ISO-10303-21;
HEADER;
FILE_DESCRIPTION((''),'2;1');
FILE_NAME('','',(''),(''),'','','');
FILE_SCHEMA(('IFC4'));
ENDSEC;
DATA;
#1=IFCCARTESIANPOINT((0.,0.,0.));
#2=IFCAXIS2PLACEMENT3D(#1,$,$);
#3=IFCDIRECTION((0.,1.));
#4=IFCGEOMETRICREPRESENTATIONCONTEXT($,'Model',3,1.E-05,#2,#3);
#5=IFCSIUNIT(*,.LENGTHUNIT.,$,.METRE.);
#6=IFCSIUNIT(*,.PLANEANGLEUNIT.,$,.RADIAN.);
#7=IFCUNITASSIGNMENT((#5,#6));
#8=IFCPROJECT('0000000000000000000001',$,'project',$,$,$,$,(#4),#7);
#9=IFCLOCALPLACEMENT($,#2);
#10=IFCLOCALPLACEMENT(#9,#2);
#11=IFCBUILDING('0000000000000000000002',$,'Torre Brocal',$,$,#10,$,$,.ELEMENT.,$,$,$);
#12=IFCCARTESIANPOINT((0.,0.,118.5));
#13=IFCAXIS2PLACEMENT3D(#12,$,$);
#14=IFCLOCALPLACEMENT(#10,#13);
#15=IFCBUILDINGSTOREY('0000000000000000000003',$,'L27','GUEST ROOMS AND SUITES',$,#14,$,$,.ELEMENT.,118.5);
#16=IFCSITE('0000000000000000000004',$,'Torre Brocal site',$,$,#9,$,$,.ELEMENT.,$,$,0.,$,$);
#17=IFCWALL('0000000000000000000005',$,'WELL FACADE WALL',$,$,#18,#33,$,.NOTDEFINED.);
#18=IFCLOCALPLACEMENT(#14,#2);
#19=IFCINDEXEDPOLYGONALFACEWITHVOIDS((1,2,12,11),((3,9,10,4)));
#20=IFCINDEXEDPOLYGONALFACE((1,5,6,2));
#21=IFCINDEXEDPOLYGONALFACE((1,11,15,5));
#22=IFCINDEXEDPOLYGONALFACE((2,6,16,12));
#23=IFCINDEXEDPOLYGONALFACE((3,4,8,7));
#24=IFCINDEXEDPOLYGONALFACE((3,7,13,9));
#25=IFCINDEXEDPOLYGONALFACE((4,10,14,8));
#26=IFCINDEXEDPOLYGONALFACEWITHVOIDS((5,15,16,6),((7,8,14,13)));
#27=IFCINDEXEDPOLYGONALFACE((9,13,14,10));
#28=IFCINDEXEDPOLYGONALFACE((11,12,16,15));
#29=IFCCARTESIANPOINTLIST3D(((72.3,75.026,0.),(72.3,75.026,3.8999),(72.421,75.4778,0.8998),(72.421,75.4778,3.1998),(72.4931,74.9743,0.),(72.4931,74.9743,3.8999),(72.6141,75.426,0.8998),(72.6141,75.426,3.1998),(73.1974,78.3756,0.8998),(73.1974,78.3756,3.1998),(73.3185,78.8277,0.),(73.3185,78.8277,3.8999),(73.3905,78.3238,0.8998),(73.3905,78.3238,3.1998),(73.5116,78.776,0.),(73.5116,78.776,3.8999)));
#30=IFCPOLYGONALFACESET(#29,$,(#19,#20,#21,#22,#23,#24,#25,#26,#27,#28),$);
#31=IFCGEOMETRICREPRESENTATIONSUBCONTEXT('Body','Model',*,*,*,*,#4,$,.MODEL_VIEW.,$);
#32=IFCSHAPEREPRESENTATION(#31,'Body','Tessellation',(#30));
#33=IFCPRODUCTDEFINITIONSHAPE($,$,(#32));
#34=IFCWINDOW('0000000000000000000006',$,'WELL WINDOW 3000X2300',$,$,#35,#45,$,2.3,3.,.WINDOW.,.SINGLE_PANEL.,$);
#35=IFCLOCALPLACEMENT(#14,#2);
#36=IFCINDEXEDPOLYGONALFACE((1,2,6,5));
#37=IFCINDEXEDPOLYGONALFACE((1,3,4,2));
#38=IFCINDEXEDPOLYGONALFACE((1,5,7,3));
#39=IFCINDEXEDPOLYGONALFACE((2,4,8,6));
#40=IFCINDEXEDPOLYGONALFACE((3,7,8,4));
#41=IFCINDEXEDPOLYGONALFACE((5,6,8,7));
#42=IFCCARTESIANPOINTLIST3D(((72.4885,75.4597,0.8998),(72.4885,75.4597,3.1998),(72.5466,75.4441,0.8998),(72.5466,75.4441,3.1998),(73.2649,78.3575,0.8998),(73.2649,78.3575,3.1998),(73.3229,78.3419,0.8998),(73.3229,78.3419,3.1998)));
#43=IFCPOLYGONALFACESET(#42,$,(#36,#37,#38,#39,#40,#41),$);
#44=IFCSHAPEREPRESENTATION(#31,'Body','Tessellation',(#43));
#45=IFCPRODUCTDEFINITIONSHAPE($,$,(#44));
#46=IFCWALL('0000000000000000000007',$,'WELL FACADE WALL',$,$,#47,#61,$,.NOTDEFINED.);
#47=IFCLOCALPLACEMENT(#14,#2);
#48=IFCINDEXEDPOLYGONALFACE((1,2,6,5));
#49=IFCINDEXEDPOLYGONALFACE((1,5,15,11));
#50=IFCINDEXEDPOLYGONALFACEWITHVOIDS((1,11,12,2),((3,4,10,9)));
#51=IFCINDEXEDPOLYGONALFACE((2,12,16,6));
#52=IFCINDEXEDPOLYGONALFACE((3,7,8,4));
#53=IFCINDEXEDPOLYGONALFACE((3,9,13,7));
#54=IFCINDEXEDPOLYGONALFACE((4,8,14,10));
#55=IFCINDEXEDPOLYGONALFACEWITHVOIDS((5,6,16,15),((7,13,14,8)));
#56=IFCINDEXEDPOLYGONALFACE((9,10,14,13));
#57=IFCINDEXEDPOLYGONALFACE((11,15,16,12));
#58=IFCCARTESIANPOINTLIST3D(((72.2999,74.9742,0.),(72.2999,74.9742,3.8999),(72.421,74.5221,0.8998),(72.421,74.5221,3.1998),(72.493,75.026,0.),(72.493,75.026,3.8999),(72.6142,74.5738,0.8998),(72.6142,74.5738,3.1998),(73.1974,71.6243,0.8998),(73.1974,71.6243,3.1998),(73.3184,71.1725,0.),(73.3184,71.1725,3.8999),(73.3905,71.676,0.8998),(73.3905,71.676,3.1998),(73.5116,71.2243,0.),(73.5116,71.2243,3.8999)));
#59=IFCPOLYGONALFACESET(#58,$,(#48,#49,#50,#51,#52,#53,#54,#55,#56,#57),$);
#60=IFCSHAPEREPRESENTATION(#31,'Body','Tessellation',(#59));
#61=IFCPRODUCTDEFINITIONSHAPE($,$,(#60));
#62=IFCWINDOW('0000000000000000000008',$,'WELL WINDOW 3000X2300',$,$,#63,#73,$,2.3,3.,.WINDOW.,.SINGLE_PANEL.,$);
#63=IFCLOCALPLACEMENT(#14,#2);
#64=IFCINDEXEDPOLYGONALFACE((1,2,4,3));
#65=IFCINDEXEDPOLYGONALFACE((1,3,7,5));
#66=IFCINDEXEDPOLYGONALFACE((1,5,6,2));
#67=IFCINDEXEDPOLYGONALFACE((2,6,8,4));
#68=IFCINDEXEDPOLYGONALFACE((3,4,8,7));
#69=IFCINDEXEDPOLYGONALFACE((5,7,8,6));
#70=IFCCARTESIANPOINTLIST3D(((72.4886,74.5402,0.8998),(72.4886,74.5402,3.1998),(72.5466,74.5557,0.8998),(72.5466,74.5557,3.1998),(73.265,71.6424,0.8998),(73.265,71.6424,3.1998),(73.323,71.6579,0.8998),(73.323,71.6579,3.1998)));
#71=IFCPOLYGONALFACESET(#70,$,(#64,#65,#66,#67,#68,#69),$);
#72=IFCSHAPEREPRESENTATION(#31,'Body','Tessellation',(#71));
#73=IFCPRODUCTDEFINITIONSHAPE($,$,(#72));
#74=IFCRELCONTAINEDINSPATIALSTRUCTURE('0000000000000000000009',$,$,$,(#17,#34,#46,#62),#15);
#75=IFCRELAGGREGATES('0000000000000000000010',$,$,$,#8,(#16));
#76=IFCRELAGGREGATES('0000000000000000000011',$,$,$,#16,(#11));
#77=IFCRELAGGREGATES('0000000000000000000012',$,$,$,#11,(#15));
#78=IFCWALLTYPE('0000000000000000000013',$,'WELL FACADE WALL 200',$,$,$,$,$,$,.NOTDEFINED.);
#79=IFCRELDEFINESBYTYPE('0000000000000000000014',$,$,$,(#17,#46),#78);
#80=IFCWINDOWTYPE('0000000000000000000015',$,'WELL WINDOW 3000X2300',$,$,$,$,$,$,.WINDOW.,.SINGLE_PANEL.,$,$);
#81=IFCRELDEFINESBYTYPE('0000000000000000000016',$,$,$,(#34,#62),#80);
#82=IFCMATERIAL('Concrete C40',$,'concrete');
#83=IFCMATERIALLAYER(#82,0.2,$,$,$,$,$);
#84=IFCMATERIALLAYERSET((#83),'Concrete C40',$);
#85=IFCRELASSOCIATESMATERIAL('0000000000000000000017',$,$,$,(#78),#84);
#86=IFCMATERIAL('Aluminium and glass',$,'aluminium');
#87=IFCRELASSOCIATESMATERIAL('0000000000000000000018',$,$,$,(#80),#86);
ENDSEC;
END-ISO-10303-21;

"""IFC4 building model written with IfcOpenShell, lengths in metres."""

from ifc_helpers import new_model, si_unit, direction, frame, frame_2d, origin, place, context, subcontext, project, spatial, rectangle, extrude, material, layer, layer_set, type_object, element, fill, save


model = new_model("IFC4")

# Units and contexts
model_context = context("Model", 3, precision=1e-05, world=origin(), true_north=direction((0.0, 1.0)))
body_context = subcontext(model_context, "Body", "Model", "MODEL_VIEW")
ifc_project = project(units=[si_unit("LENGTHUNIT", "METRE"), si_unit("PLANEANGLEUNIT", "RADIAN")], contexts=[model_context])

# Site, building, storey
site_placement = place(None, origin())
site = spatial("IfcSite", under=ifc_project, at=site_placement, Name="Torre Brocal site", CompositionType="ELEMENT", RefElevation=0.0)
building_placement = place(site_placement, origin())
building = spatial("IfcBuilding", under=site, at=building_placement, Name="Torre Brocal", CompositionType="ELEMENT")
storey_placement = place(building_placement, frame((0.0, 0.0, 118.5)))
storey = spatial("IfcBuildingStorey", under=building, at=storey_placement, Name="L27", Description="GUEST ROOMS AND SUITES", CompositionType="ELEMENT", Elevation=118.5)

# Walls, openings, windows
ifc_material_1 = material(Name="Concrete C40", Category="concrete")
ifc_layer_1 = layer(ifc_material_1, 0.2)
ifc_layer_set_1 = layer_set([ifc_layer_1], Name="Concrete C40")
wall_type_1 = type_object("IfcWallType", Name="WELL FACADE WALL 200", PredefinedType="NOTDEFINED", material=ifc_layer_set_1)
ifc_material_2 = material(Name="Aluminium and glass", Category="aluminium")
window_type = type_object("IfcWindowType", Name="WELL WINDOW 3000X2300", PartitioningType="SINGLE_PANEL", PredefinedType="WINDOW", material=ifc_material_2)
wall_1_placement = place(storey_placement, frame((73.415, 78.8018, 0.0), z_axis=(0.0, 0.0, 1.0), x_axis=(-0.25879, -0.965934, 0.0)))
wall_1 = element("IfcWall", 1, at=wall_1_placement, inside=storey, type_object=wall_type_1, Name="WELL FACADE WALL", PredefinedType="NOTDEFINED", context=body_context, shape_type="SweptSolid", body=[
    extrude(rectangle(XDim=3.9358, YDim=0.2, at=frame_2d((1.9678, 0.0))), origin(), (0.0, 0.0, 1.0), 3.8999),
])
opening_1_placement = place(wall_1_placement, frame((0.468, 0.0, 0.8999)))
opening_1 = element("IfcOpeningElement", 2, at=opening_1_placement, cuts=wall_1, PredefinedType="OPENING", context=body_context, shape_type="SweptSolid", body=[
    extrude(rectangle(XDim=3.0, YDim=2.3, at=frame_2d((1.5, 1.1499))), frame((0.0, 0.1099, 0.0), z_axis=(0.0, -1.0, 0.0), x_axis=(1.0, 0.0, 0.0)), (0.0, 0.0, 1.0), 0.22),
])
window_1_placement = place(opening_1_placement, origin())
window_1 = element("IfcWindow", 3, at=window_1_placement, inside=storey, type_object=window_type, Name="WELL WINDOW 3000X2300", OverallHeight=2.3, OverallWidth=3.0, PartitioningType="SINGLE_PANEL", PredefinedType="WINDOW", context=body_context, shape_type="SweptSolid", body=[
    extrude(rectangle(XDim=3.0, YDim=2.3, at=frame_2d((1.5, 1.1499))), frame((0.0, 0.03, 0.0), z_axis=(0.0, -1.0, 0.0), x_axis=(1.0, 0.0, 0.0)), (0.0, 0.0, 1.0), 0.0601),
])
fill(opening_1, window_1)
wall_2_placement = place(storey_placement, frame((72.3965, 75.0, 0.0), z_axis=(0.0, 0.0, 1.0), x_axis=(0.25879, -0.965934, 0.0)))
wall_2 = element("IfcWall", 4, at=wall_2_placement, inside=storey, type_object=wall_type_1, Name="WELL FACADE WALL", PredefinedType="NOTDEFINED", context=body_context, shape_type="SweptSolid", body=[
    extrude(rectangle(XDim=3.9358, YDim=0.2, at=frame_2d((1.9678, 0.0))), origin(), (0.0, 0.0, 1.0), 3.8999),
])
opening_2_placement = place(wall_2_placement, frame((0.468, 0.0, 0.8999)))
opening_2 = element("IfcOpeningElement", 5, at=opening_2_placement, cuts=wall_2, PredefinedType="OPENING", context=body_context, shape_type="SweptSolid", body=[
    extrude(rectangle(XDim=3.0, YDim=2.3, at=frame_2d((1.5, 1.1499))), frame((0.0, 0.1099, 0.0), z_axis=(0.0, -1.0, 0.0), x_axis=(1.0, 0.0, 0.0)), (0.0, 0.0, 1.0), 0.22),
])
window_2_placement = place(opening_2_placement, origin())
window_2 = element("IfcWindow", 6, at=window_2_placement, inside=storey, type_object=window_type, Name="WELL WINDOW 3000X2300", OverallHeight=2.3, OverallWidth=3.0, PartitioningType="SINGLE_PANEL", PredefinedType="WINDOW", context=body_context, shape_type="SweptSolid", body=[
    extrude(rectangle(XDim=3.0, YDim=2.3, at=frame_2d((1.5, 1.1499))), frame((0.0, 0.03, 0.0), z_axis=(0.0, -1.0, 0.0), x_axis=(1.0, 0.0, 0.0)), (0.0, 0.0, 1.0), 0.0601),
])
fill(opening_2, window_2)

save(model, "model.ifc")
